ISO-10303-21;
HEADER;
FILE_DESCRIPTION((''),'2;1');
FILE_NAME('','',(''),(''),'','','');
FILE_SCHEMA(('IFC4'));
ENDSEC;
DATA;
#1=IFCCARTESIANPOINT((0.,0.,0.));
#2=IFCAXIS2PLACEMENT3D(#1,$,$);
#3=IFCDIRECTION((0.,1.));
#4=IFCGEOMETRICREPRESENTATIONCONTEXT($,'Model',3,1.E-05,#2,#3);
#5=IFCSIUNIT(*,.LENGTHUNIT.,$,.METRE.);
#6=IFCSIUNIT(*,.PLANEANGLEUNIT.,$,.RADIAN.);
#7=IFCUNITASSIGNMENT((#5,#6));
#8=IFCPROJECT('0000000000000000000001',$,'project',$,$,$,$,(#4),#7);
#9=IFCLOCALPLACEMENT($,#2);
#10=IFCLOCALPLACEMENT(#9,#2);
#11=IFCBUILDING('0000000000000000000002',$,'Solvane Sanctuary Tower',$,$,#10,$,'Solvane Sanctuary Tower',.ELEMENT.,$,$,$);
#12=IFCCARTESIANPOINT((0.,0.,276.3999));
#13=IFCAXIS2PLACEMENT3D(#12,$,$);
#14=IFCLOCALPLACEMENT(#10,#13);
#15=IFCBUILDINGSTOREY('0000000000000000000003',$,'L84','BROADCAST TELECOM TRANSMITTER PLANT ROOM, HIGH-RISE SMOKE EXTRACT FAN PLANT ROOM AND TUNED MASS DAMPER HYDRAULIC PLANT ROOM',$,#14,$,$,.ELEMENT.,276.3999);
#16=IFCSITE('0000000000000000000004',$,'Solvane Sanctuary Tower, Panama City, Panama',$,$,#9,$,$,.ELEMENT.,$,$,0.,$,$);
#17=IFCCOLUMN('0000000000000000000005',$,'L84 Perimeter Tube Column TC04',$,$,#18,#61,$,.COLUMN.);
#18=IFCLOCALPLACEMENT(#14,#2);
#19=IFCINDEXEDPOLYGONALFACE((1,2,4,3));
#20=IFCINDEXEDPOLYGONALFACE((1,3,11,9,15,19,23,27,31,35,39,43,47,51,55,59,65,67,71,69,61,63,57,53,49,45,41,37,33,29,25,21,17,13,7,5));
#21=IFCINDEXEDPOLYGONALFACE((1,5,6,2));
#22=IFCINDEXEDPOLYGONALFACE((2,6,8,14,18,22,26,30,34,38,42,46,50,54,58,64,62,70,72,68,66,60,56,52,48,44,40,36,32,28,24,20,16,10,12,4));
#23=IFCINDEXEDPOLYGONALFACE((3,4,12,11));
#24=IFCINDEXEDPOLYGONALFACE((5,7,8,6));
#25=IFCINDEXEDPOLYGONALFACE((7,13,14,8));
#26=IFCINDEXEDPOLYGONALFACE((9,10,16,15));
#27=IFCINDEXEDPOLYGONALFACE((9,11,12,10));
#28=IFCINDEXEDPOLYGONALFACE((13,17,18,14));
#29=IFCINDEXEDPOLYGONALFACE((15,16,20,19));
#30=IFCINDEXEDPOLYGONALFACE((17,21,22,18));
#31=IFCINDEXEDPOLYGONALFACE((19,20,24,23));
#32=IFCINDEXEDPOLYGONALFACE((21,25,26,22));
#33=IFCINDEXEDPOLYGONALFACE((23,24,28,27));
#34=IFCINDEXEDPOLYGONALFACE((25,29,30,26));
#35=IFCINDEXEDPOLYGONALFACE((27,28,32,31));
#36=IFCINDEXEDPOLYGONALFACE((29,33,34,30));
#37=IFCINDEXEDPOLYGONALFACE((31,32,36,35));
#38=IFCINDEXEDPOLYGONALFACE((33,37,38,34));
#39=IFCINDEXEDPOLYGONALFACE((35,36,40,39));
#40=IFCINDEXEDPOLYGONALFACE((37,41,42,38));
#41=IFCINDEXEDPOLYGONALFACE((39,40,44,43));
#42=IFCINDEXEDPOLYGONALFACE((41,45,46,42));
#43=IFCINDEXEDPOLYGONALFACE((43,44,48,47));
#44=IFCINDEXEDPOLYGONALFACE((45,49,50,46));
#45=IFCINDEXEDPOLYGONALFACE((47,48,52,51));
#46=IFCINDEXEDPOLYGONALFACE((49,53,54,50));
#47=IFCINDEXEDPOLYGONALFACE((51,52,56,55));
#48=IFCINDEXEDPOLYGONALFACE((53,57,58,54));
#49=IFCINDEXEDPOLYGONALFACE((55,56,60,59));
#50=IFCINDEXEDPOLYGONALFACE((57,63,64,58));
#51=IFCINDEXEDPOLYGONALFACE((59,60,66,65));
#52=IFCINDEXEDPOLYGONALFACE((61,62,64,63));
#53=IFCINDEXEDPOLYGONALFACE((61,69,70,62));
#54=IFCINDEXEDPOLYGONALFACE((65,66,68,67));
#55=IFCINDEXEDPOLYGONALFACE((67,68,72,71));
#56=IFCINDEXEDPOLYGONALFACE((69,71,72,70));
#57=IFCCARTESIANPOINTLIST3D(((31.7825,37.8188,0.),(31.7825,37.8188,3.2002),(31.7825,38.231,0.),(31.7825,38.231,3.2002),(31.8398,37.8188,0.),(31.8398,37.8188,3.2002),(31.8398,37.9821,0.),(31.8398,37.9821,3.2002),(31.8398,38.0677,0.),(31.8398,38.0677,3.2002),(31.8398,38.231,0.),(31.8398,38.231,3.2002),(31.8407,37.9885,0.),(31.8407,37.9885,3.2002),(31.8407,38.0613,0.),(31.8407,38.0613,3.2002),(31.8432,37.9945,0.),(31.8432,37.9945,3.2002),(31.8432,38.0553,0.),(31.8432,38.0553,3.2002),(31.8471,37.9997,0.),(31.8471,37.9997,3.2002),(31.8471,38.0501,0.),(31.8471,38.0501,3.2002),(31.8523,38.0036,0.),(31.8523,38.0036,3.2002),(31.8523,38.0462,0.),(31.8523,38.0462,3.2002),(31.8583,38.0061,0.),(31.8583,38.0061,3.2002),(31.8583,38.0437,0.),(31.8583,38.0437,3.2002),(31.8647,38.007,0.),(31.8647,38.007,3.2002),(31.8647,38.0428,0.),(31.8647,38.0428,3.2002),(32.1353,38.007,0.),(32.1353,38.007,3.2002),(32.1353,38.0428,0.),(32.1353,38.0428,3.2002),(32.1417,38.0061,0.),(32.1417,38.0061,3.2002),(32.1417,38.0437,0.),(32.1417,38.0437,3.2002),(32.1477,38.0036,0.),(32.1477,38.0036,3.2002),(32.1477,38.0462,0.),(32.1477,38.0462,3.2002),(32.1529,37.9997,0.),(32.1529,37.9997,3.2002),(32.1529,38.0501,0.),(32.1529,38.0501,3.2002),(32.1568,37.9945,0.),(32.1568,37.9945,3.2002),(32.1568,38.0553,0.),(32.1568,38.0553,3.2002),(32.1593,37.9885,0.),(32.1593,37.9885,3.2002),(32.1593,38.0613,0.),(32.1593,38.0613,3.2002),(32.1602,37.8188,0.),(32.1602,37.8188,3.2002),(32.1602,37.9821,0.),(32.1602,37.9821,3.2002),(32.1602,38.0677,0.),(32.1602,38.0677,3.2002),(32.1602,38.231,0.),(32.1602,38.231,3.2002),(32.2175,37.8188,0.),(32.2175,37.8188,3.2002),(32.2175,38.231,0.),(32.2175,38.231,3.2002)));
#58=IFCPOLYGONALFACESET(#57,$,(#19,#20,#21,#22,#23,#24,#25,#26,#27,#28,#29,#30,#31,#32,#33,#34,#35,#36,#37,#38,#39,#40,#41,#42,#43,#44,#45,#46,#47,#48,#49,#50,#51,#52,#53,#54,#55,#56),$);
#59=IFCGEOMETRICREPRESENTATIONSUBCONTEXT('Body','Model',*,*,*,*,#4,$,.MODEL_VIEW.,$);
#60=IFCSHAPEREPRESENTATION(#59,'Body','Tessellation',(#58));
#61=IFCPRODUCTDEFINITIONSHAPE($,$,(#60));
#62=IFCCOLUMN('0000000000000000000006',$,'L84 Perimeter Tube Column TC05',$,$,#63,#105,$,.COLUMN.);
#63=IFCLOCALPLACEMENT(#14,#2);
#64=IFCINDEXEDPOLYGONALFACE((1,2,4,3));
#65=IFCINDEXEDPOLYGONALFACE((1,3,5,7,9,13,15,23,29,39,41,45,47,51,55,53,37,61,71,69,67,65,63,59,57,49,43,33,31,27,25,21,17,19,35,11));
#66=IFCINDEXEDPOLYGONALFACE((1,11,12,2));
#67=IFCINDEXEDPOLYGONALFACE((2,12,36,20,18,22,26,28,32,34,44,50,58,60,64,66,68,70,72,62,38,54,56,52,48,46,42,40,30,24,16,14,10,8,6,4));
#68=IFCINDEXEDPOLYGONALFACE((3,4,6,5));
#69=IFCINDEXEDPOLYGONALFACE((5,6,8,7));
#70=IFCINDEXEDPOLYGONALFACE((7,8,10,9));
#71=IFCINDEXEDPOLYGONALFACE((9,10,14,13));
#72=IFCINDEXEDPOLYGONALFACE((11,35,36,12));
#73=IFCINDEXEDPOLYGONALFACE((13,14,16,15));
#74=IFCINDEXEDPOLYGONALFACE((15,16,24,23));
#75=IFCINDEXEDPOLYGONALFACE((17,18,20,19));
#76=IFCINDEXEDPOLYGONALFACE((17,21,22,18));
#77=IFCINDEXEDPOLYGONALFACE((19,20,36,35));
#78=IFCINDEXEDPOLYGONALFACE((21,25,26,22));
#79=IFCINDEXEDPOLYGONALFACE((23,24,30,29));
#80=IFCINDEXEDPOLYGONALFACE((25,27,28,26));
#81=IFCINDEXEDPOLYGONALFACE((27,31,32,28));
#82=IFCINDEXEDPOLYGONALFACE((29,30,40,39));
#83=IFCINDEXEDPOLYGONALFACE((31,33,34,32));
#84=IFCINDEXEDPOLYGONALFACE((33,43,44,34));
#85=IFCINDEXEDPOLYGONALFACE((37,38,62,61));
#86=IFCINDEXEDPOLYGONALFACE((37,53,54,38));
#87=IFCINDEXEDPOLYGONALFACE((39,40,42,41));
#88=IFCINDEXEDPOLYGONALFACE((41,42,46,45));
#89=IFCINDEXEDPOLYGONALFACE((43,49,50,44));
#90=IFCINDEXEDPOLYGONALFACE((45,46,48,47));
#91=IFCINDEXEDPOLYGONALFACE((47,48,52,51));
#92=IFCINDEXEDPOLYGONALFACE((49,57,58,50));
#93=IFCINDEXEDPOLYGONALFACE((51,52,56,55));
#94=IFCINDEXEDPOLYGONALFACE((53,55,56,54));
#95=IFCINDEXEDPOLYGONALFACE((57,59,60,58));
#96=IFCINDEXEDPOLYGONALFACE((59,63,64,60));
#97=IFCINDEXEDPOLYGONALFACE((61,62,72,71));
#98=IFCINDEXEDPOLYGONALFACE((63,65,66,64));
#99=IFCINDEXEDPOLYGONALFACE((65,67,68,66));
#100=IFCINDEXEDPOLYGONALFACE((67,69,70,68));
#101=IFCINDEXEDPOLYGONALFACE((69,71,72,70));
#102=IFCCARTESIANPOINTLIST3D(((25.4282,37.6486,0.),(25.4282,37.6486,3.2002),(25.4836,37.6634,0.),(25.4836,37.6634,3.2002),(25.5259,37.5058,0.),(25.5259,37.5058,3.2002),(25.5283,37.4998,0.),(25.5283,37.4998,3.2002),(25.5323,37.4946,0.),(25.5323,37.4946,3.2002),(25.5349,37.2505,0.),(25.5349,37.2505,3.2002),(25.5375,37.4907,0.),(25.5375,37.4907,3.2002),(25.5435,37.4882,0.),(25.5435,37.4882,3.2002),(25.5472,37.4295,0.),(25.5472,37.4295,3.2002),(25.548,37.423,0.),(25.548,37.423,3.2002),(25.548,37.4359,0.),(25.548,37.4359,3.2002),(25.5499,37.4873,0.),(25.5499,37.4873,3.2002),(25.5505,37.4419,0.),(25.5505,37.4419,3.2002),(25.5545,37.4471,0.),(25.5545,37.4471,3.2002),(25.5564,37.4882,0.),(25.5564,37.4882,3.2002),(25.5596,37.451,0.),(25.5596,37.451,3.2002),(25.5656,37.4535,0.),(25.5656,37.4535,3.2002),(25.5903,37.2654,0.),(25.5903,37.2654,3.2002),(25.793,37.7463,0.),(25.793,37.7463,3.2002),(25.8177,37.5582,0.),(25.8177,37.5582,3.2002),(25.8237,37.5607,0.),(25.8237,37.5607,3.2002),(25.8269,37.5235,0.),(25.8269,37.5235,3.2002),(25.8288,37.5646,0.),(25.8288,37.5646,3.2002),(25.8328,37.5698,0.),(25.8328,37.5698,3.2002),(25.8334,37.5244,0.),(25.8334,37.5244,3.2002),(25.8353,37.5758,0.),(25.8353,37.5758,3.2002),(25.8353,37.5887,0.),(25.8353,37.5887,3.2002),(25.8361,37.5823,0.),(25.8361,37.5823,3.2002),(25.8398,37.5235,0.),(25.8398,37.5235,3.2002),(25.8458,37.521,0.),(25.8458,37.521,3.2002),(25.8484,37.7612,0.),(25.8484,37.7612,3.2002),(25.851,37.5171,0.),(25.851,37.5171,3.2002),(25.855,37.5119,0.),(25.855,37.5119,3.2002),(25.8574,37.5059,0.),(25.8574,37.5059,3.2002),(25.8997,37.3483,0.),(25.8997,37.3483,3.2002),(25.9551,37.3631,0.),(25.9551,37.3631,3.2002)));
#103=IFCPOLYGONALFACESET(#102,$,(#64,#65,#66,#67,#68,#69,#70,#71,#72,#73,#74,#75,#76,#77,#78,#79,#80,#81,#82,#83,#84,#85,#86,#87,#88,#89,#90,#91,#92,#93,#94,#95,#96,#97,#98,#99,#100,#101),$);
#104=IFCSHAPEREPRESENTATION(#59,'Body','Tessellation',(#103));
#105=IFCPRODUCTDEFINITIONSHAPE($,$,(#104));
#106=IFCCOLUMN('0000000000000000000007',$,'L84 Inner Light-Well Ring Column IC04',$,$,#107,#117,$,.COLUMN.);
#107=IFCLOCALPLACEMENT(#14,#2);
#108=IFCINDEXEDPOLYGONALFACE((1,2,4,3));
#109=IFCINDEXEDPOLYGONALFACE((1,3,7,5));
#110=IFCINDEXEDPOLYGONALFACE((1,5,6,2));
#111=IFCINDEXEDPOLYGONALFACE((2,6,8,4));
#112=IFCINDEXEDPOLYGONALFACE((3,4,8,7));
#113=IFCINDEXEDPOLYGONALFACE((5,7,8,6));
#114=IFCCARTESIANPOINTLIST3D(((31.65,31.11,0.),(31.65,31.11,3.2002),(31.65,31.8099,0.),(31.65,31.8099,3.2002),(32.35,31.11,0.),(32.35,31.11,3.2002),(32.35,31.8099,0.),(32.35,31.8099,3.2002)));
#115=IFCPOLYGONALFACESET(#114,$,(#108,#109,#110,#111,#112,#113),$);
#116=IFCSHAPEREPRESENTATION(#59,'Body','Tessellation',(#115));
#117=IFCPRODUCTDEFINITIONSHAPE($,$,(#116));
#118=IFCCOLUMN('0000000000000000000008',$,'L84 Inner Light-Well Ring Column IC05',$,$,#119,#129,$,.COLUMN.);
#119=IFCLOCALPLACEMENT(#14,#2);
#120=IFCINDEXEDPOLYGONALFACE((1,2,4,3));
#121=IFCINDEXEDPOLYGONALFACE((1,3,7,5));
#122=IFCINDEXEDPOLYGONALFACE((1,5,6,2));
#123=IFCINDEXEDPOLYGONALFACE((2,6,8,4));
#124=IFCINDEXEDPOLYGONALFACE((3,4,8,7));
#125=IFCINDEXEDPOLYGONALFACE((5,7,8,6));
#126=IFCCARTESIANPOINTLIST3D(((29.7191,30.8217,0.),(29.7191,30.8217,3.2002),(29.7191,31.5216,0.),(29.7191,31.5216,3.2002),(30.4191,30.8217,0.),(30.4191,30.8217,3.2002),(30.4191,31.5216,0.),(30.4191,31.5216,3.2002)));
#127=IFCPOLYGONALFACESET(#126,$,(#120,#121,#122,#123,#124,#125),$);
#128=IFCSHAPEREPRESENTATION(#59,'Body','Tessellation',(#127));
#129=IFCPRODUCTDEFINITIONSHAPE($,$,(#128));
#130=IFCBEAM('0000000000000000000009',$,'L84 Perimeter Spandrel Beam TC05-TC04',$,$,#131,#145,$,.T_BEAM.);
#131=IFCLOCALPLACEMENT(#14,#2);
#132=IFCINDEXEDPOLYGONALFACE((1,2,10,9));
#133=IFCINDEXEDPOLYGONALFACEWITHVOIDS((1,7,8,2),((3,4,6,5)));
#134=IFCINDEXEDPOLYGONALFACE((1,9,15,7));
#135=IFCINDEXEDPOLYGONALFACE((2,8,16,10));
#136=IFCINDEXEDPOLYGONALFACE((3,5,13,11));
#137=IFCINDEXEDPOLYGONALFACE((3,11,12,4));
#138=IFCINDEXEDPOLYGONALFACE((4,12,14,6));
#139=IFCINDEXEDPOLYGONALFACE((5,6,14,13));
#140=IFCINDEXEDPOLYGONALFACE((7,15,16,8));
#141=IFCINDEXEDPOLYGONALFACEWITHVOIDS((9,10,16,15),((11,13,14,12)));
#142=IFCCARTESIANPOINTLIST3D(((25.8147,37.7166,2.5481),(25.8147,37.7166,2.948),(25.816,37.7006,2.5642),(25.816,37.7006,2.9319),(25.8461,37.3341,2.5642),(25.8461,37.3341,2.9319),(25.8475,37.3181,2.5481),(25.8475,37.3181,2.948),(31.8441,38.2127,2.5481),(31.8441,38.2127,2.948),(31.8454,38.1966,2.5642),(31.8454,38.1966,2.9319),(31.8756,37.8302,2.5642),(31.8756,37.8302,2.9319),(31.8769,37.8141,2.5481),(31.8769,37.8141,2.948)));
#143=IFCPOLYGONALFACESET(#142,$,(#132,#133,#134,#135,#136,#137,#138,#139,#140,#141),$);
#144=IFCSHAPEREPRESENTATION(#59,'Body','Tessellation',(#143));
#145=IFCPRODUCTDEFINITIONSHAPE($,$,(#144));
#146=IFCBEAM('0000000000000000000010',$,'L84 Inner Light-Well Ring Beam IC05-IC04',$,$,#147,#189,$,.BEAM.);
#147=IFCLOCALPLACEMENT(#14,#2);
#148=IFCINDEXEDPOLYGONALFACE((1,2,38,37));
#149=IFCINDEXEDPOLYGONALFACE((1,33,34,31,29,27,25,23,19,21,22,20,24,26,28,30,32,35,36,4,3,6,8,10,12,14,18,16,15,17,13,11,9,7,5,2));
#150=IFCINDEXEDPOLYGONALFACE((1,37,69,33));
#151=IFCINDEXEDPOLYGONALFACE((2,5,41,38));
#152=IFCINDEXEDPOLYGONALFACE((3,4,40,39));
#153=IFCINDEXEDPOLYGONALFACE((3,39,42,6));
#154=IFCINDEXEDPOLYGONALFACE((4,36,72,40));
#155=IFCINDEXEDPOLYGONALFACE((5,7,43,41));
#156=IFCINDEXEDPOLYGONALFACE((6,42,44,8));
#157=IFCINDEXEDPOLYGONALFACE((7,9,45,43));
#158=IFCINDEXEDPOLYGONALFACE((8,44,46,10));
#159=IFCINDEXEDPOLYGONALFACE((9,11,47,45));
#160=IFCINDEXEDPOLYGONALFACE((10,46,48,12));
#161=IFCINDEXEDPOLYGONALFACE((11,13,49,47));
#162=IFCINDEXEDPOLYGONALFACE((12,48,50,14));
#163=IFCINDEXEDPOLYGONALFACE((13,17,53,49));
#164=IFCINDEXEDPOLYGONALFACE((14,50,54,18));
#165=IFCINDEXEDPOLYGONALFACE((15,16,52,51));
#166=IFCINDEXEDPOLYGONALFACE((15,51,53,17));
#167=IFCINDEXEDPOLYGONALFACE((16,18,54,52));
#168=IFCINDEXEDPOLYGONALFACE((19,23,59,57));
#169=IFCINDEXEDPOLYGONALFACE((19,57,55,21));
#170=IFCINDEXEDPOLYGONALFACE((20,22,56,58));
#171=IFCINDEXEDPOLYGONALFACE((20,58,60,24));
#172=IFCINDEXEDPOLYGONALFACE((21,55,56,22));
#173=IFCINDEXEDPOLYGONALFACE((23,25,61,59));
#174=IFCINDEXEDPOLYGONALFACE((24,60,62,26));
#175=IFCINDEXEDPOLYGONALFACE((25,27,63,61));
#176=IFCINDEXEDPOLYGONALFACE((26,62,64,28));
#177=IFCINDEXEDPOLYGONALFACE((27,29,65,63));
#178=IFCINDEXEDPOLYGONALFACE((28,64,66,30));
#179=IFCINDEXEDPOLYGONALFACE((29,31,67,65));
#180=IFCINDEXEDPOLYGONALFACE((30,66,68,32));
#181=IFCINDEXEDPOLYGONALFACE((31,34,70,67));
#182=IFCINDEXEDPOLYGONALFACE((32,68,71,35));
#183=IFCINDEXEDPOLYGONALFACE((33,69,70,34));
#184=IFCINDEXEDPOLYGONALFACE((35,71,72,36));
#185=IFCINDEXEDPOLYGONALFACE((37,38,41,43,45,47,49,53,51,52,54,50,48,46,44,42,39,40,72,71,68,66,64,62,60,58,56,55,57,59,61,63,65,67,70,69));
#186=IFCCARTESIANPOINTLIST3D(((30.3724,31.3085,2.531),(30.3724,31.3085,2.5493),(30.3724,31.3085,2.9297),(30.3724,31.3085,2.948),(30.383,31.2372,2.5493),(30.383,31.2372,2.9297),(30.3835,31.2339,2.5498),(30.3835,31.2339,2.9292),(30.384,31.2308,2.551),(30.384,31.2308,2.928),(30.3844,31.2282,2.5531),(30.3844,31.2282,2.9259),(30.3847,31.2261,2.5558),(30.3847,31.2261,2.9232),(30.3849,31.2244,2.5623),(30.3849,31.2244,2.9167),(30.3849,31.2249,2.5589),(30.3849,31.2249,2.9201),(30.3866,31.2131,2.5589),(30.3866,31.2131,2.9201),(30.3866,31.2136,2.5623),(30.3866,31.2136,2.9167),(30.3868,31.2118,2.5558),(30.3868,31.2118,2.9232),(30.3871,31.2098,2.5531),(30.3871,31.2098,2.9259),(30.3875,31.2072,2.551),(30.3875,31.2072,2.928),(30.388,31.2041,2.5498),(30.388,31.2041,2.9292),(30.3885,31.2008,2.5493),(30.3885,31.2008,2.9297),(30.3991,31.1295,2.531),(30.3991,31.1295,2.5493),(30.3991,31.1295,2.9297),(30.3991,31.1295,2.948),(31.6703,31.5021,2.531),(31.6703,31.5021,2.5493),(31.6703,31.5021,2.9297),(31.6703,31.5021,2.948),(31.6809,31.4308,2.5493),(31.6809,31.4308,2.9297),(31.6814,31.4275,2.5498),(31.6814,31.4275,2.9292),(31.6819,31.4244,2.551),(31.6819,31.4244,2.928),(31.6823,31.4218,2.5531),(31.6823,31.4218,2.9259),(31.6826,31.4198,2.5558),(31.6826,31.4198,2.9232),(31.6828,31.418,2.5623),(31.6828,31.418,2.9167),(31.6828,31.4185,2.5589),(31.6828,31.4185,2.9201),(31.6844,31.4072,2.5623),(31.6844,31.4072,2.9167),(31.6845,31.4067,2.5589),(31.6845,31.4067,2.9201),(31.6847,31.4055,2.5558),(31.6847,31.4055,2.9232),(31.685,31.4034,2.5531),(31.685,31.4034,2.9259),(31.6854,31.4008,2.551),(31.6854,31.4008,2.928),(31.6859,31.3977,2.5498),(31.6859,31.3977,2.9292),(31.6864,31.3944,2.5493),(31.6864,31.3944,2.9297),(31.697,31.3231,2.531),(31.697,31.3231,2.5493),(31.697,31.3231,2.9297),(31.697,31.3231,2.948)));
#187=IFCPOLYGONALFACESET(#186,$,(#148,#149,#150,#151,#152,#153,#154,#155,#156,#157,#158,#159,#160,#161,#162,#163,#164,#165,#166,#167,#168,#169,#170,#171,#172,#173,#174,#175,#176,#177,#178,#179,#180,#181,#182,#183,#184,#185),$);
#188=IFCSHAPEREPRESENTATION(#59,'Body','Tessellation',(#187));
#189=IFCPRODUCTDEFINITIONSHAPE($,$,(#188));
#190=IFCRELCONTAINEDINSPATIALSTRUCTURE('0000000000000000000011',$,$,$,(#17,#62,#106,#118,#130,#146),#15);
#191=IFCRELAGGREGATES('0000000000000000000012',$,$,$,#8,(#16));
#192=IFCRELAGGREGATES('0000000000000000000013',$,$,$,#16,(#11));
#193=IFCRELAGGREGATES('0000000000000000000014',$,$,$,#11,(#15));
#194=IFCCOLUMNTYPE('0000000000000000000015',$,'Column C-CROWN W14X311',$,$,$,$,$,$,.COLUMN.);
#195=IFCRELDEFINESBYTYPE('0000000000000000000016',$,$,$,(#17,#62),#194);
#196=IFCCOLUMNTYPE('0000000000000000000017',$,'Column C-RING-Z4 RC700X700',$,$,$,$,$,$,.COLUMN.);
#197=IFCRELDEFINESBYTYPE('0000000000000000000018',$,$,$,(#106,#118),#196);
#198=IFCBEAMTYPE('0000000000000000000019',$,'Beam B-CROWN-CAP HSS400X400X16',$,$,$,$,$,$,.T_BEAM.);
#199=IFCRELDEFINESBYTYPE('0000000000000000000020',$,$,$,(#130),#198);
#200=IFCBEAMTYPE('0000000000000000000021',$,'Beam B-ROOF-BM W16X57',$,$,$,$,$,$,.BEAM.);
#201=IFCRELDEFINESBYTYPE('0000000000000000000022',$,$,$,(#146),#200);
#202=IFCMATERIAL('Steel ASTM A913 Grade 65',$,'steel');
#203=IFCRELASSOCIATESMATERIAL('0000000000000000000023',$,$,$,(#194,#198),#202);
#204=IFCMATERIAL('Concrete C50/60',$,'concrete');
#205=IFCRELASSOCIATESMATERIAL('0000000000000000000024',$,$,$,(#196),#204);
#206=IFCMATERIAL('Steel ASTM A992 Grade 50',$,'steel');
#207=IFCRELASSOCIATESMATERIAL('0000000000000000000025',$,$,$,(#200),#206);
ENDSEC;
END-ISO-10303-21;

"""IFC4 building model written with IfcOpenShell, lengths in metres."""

from ifc_helpers import new_model, si_unit, direction, frame, origin, origin_2d, place, context, subcontext, project, spatial, rectangle, hollow_rectangle, i_section, extrude, material, material_profile, profile_set, type_object, element, save


model = new_model("IFC4")

# Units and contexts
model_context = context("Model", 3, precision=1e-05, world=origin(), true_north=direction((0.0, 1.0)))
body_context = subcontext(model_context, "Body", "Model", "MODEL_VIEW")
ifc_project = project(units=[si_unit("LENGTHUNIT", "METRE"), si_unit("PLANEANGLEUNIT", "RADIAN")], contexts=[model_context])

# Site, building, storey
site_placement = place(None, origin())
site = spatial("IfcSite", under=ifc_project, at=site_placement, Name="Solvane Sanctuary Tower, Panama City, Panama", CompositionType="ELEMENT", RefElevation=0.0)
building_placement = place(site_placement, origin())
building = spatial("IfcBuilding", under=site, at=building_placement, Name="Solvane Sanctuary Tower", LongName="Solvane Sanctuary Tower", CompositionType="ELEMENT")
storey_placement = place(building_placement, frame((0.0, 0.0, 276.3999)))
storey = spatial("IfcBuildingStorey", under=building, at=storey_placement, Name="L84", Description="BROADCAST TELECOM TRANSMITTER PLANT ROOM, HIGH-RISE SMOKE EXTRACT FAN PLANT ROOM AND TUNED MASS DAMPER HYDRAULIC PLANT ROOM", CompositionType="ELEMENT", Elevation=276.3999)

# Columns
ifc_material_1 = material(Name="Steel ASTM A913 Grade 65", Category="steel")
ifc_material_profile_1 = material_profile(ifc_material_1, i_section(OverallWidth=0.4121, OverallDepth=0.4351, WebThickness=0.0359, FlangeThickness=0.0574, FilletRadius=0.0249, at=origin_2d()), Name="W14X311")
ifc_profile_set_1 = profile_set([ifc_material_profile_1], Name="Steel ASTM A913 Grade 65")
column_type_1 = type_object("IfcColumnType", Name="Column C-CROWN W14X311", PredefinedType="COLUMN", material=ifc_profile_set_1)
for number, where, z_axis, x_axis, name in (
    (1, (32.0, 38.0249, 0.0), (0.0, 0.0, 1.0), (0.0, 1.0, 0.0), "L84 Perimeter Tube Column TC04"),
    (2, (25.6917, 37.5059, 0.0), (0.0, 0.0, 1.0), (-0.258819, 0.965926, 0.0), "L84 Perimeter Tube Column TC05"),
):
    element("IfcColumn", number, at=place(storey_placement, frame(where, z_axis=z_axis, x_axis=x_axis)), inside=storey, type_object=column_type_1, Name=name, PredefinedType="COLUMN", context=body_context, shape_type="SweptSolid", body=[
        extrude(i_section(OverallWidth=0.4121, OverallDepth=0.4351, WebThickness=0.0359, FlangeThickness=0.0574, FilletRadius=0.0249, at=origin_2d()), origin(), (0.0, 0.0, 1.0), 3.2002),
    ])
ifc_material_2 = material(Name="Concrete C50/60", Category="concrete")
ifc_material_profile_2 = material_profile(ifc_material_2, rectangle(XDim=0.7, YDim=0.7, at=origin_2d()), Name="RC700X700")
ifc_profile_set_2 = profile_set([ifc_material_profile_2], Name="Concrete C50/60")
column_type_2 = type_object("IfcColumnType", Name="Column C-RING-Z4 RC700X700", PredefinedType="COLUMN", material=ifc_profile_set_2)
for number, where, z_axis, x_axis, name in (
    (3, (32.0, 31.46, 0.0), (0.0, 0.0, 1.0), (1.0, 0.0, 0.0), "L84 Inner Light-Well Ring Column IC04"),
    (4, (30.0691, 31.1716, 0.0), (0.0, 0.0, 1.0), (1.0, 0.0, 0.0), "L84 Inner Light-Well Ring Column IC05"),
):
    element("IfcColumn", number, at=place(storey_placement, frame(where, z_axis=z_axis, x_axis=x_axis)), inside=storey, type_object=column_type_2, Name=name, PredefinedType="COLUMN", context=body_context, shape_type="SweptSolid", body=[
        extrude(rectangle(XDim=0.7, YDim=0.7, at=origin_2d()), origin(), (0.0, 0.0, 1.0), 3.2002),
    ])

# Beams
ifc_material_profile_3 = material_profile(ifc_material_1, hollow_rectangle(XDim=0.3999, YDim=0.3999, WallThickness=0.0161, at=origin_2d()), Name="HSS400X400X16")
ifc_profile_set_3 = profile_set([ifc_material_profile_3], Name="Steel ASTM A913 Grade 65")
beam_type_1 = type_object("IfcBeamType", Name="Beam B-CROWN-CAP HSS400X400X16", PredefinedType="T_BEAM", material=ifc_profile_set_3)
beam_1_placement = place(storey_placement, frame((25.8311, 37.5173, 2.748), z_axis=(0.996632, 0.082, 0.0), x_axis=(-0.082, 0.996632, 0.0)))
element("IfcBeam", 5, at=beam_1_placement, inside=storey, type_object=beam_type_1, Name="L84 Perimeter Spandrel Beam TC05-TC04", PredefinedType="T_BEAM", context=body_context, shape_type="SweptSolid", body=[
    extrude(hollow_rectangle(XDim=0.3999, YDim=0.3999, WallThickness=0.0161, at=origin_2d()), origin(), (0.0, 0.0, 1.0), 6.0498),
])
ifc_material_3 = material(Name="Steel ASTM A992 Grade 50", Category="steel")
ifc_material_profile_4 = material_profile(ifc_material_3, i_section(OverallWidth=0.1809, OverallDepth=0.417, WebThickness=0.011, FlangeThickness=0.0183, FilletRadius=0.0129, at=origin_2d()), Name="W16X57")
ifc_profile_set_4 = profile_set([ifc_material_profile_4], Name="Steel ASTM A992 Grade 50")
beam_type_2 = type_object("IfcBeamType", Name="Beam B-ROOF-BM W16X57", PredefinedType="BEAM", material=ifc_profile_set_4)
beam_2_placement = place(storey_placement, frame((30.3857, 31.219, 2.7395), z_axis=(0.989056, 0.14754, 0.0), x_axis=(-0.14754, 0.989056, 0.0)))
element("IfcBeam", 6, at=beam_2_placement, inside=storey, type_object=beam_type_2, Name="L84 Inner Light-Well Ring Beam IC05-IC04", PredefinedType="BEAM", context=body_context, shape_type="SweptSolid", body=[
    extrude(i_section(OverallWidth=0.1809, OverallDepth=0.417, WebThickness=0.011, FlangeThickness=0.0183, FilletRadius=0.0129, at=origin_2d()), origin(), (0.0, 0.0, 1.0), 1.3123),
])

save(model, "model.ifc")
